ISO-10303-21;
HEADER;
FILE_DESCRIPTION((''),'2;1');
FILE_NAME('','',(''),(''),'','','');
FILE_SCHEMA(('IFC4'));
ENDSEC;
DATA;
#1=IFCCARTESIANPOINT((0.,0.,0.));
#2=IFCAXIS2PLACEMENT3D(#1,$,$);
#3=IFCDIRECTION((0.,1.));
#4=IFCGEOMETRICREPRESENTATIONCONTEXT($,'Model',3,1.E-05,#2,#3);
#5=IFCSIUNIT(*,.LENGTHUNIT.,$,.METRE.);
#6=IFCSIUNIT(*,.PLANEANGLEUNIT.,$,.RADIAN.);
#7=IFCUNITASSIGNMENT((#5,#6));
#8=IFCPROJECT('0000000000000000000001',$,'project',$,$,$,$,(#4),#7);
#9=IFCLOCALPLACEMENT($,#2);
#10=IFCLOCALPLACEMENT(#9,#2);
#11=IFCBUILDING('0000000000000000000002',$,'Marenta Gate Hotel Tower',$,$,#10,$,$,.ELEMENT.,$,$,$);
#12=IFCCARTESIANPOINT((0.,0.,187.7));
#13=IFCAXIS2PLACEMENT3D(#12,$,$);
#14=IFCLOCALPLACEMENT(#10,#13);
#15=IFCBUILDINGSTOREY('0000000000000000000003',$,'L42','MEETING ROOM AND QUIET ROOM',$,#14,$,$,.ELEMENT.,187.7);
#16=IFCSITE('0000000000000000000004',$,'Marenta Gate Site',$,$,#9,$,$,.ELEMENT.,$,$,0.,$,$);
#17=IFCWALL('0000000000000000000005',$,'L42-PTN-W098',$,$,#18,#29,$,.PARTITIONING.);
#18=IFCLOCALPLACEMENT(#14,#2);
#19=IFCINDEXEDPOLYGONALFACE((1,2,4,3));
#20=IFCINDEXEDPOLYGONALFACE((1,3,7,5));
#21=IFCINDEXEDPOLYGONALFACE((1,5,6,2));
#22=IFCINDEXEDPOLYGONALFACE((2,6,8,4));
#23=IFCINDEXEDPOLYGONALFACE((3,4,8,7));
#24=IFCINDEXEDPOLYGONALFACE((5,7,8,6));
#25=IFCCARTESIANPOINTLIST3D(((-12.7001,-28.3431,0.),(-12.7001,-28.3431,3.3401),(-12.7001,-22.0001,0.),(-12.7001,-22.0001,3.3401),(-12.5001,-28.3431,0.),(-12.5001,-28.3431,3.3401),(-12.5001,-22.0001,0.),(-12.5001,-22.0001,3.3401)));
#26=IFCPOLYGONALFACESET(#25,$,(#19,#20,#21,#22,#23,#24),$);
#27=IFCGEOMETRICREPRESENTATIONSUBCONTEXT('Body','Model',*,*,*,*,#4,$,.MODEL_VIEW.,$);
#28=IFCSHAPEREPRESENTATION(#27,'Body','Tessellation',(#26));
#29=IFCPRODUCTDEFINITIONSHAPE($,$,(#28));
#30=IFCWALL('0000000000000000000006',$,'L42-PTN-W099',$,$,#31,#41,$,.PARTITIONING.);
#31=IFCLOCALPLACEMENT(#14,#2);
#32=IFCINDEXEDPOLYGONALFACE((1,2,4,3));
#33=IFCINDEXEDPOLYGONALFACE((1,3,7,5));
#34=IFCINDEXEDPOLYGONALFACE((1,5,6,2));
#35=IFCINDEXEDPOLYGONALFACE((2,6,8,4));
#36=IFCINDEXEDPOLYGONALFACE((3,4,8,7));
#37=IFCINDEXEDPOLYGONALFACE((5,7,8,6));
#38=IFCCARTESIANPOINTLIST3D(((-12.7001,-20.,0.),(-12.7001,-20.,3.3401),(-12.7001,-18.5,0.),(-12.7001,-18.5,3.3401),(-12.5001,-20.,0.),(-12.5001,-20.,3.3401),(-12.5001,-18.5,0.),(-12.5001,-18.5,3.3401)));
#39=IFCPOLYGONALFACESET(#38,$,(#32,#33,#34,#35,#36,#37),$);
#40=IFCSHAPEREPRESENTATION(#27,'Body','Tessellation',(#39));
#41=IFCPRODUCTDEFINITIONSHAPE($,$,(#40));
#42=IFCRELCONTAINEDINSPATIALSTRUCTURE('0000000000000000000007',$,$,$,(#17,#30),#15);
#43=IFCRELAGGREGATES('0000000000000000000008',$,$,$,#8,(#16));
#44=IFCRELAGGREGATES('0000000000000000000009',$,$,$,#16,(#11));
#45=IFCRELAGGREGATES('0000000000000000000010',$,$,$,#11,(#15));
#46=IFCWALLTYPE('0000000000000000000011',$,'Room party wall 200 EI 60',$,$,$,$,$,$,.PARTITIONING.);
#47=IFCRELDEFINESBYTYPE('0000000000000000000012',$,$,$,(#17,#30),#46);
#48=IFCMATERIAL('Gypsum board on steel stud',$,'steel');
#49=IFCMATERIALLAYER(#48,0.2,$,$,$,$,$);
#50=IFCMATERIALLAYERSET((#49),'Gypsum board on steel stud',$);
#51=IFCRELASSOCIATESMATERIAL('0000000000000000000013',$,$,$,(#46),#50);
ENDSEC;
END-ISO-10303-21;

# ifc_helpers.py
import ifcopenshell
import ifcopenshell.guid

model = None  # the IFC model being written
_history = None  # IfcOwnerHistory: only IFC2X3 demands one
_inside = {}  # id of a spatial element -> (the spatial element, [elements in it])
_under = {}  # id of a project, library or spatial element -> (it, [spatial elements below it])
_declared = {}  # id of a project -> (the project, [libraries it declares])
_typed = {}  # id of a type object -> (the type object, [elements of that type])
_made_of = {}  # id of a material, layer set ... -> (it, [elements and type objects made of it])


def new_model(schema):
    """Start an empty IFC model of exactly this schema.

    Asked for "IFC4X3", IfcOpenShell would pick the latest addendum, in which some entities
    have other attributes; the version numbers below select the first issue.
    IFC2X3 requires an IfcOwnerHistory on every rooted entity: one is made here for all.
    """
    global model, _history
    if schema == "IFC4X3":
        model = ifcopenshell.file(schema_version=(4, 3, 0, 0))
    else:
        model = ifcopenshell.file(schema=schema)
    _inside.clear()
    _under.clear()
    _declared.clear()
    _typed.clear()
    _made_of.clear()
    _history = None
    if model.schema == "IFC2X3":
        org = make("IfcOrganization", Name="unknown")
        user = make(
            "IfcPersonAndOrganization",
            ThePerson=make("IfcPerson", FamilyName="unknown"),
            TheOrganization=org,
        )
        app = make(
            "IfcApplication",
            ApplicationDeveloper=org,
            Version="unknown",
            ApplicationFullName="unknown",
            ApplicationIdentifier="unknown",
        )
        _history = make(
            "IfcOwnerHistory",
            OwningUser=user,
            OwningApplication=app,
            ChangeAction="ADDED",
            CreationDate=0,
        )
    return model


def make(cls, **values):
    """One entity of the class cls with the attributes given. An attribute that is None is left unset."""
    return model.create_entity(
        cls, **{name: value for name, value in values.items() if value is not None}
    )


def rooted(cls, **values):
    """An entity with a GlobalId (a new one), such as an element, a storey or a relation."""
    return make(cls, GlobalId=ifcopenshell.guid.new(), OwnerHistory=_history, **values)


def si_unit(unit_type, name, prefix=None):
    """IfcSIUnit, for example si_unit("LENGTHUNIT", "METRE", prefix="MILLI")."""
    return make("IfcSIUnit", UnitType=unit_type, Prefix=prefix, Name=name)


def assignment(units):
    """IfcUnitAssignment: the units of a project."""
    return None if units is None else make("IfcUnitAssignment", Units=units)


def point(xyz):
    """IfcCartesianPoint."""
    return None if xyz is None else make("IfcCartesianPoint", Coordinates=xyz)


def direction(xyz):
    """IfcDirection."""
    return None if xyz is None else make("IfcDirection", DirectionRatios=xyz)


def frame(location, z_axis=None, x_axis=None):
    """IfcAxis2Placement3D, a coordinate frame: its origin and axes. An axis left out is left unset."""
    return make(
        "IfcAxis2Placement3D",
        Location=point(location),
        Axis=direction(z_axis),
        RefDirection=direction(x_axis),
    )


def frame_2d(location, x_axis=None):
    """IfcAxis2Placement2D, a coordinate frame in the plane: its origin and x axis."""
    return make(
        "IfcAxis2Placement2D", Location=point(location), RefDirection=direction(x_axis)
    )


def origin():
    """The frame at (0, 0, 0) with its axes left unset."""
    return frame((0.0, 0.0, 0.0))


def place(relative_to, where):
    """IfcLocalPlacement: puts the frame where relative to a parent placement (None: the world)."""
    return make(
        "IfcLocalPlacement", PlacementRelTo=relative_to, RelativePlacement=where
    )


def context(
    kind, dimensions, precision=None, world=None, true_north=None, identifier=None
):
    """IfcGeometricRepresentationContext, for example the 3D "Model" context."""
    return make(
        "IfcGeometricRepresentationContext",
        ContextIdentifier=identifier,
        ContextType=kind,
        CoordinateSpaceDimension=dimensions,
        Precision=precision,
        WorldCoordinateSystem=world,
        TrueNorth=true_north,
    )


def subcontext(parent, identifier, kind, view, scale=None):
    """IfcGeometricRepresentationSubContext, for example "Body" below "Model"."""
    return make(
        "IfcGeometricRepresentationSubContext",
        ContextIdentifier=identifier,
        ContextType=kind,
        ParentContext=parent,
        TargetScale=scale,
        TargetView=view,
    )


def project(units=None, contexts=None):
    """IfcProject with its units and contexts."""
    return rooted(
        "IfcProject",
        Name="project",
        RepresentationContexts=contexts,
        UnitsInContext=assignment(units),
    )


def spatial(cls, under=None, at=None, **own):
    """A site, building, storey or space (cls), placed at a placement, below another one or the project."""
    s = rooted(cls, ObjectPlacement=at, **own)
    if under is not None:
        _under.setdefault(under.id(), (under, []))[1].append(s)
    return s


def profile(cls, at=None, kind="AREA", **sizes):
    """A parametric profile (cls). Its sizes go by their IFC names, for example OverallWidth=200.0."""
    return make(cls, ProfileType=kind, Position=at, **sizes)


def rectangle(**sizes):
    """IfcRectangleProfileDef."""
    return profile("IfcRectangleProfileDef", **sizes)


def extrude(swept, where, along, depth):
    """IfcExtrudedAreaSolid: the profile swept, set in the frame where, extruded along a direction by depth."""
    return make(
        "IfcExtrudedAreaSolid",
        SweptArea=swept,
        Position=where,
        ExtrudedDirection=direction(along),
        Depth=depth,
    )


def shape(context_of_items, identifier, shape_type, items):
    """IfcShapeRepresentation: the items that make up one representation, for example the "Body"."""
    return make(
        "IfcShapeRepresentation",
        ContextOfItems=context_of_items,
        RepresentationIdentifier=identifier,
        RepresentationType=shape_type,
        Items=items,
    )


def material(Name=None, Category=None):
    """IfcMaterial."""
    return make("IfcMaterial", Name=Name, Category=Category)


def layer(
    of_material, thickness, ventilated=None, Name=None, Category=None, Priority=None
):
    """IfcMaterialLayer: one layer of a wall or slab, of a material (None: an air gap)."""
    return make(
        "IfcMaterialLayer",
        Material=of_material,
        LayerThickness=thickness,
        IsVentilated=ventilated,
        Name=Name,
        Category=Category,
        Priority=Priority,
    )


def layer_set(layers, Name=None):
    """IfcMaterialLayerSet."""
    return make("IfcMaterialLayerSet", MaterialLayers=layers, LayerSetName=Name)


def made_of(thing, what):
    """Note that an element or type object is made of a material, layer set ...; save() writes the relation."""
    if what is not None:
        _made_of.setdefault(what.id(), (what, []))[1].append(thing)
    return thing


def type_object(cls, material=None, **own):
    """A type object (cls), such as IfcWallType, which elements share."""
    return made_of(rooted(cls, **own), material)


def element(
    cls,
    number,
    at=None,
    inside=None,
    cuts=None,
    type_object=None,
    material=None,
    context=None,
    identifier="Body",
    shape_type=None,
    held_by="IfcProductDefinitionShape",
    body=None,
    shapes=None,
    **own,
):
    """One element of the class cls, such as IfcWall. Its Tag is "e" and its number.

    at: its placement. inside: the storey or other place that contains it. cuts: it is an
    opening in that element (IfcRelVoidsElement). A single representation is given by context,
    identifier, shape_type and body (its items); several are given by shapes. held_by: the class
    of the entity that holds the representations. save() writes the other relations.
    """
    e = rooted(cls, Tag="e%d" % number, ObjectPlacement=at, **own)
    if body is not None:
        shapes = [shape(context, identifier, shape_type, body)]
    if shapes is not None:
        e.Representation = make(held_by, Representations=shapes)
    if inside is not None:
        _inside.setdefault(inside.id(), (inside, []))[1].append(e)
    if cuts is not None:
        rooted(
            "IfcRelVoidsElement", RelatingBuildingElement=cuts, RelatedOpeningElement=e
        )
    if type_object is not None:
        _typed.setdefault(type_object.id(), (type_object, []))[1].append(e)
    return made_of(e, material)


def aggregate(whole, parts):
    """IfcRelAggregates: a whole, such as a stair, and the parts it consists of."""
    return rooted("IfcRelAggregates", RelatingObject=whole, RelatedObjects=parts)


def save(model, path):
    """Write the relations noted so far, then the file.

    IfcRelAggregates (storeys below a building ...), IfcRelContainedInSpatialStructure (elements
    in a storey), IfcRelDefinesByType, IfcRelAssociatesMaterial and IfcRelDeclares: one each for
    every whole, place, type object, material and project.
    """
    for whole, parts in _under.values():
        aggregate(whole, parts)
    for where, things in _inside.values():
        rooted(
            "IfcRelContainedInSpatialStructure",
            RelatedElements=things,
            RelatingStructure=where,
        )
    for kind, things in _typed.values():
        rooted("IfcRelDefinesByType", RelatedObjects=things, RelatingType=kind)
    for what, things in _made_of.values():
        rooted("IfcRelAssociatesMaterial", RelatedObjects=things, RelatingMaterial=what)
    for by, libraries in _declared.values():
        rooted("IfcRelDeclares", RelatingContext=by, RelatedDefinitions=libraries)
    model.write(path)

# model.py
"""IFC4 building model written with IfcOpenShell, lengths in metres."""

from ifc_helpers import new_model, si_unit, direction, frame, frame_2d, origin, place, context, subcontext, project, spatial, rectangle, extrude, material, layer, layer_set, type_object, element, save


model = new_model("IFC4")

# Units and contexts
model_context = context("Model", 3, precision=1e-05, world=origin(), true_north=direction((0.0, 1.0)))
body_context = subcontext(model_context, "Body", "Model", "MODEL_VIEW")
ifc_project = project(units=[si_unit("LENGTHUNIT", "METRE"), si_unit("PLANEANGLEUNIT", "RADIAN")], contexts=[model_context])

# Site, building, storey
site_placement = place(None, origin())
site = spatial("IfcSite", under=ifc_project, at=site_placement, Name="Marenta Gate Site", CompositionType="ELEMENT", RefElevation=0.0)
building_placement = place(site_placement, origin())
building = spatial("IfcBuilding", under=site, at=building_placement, Name="Marenta Gate Hotel Tower", CompositionType="ELEMENT")
storey_placement = place(building_placement, frame((0.0, 0.0, 187.7)))
storey = spatial("IfcBuildingStorey", under=building, at=storey_placement, Name="L42", Description="MEETING ROOM AND QUIET ROOM", CompositionType="ELEMENT", Elevation=187.7)

# Walls
ifc_material_1 = material(Name="Gypsum board on steel stud", Category="steel")
ifc_layer_1 = layer(ifc_material_1, 0.2)
ifc_layer_set_1 = layer_set([ifc_layer_1], Name="Gypsum board on steel stud")
wall_type_1 = type_object("IfcWallType", Name="Room party wall 200 EI 60", PredefinedType="PARTITIONING", material=ifc_layer_set_1)
wall_1_placement = place(storey_placement, frame((-12.6001, -28.343, 0.0), z_axis=(0.0, 0.0, 1.0), x_axis=(0.0, 1.0, 0.0)))
element("IfcWall", 1, at=wall_1_placement, inside=storey, type_object=wall_type_1, Name="L42-PTN-W098", PredefinedType="PARTITIONING", context=body_context, shape_type="SweptSolid", body=[
    extrude(rectangle(XDim=6.343, YDim=0.2, at=frame_2d((3.1714, 0.0))), origin(), (0.0, 0.0, 1.0), 3.3401),
])
wall_2_placement = place(storey_placement, frame((-12.6001, -20.0, 0.0), z_axis=(0.0, 0.0, 1.0), x_axis=(0.0, 1.0, 0.0)))
element("IfcWall", 2, at=wall_2_placement, inside=storey, type_object=wall_type_1, Name="L42-PTN-W099", PredefinedType="PARTITIONING", context=body_context, shape_type="SweptSolid", body=[
    extrude(rectangle(XDim=1.5, YDim=0.2, at=frame_2d((0.75, 0.0))), origin(), (0.0, 0.0, 1.0), 3.3401),
])

save(model, "model.ifc")
